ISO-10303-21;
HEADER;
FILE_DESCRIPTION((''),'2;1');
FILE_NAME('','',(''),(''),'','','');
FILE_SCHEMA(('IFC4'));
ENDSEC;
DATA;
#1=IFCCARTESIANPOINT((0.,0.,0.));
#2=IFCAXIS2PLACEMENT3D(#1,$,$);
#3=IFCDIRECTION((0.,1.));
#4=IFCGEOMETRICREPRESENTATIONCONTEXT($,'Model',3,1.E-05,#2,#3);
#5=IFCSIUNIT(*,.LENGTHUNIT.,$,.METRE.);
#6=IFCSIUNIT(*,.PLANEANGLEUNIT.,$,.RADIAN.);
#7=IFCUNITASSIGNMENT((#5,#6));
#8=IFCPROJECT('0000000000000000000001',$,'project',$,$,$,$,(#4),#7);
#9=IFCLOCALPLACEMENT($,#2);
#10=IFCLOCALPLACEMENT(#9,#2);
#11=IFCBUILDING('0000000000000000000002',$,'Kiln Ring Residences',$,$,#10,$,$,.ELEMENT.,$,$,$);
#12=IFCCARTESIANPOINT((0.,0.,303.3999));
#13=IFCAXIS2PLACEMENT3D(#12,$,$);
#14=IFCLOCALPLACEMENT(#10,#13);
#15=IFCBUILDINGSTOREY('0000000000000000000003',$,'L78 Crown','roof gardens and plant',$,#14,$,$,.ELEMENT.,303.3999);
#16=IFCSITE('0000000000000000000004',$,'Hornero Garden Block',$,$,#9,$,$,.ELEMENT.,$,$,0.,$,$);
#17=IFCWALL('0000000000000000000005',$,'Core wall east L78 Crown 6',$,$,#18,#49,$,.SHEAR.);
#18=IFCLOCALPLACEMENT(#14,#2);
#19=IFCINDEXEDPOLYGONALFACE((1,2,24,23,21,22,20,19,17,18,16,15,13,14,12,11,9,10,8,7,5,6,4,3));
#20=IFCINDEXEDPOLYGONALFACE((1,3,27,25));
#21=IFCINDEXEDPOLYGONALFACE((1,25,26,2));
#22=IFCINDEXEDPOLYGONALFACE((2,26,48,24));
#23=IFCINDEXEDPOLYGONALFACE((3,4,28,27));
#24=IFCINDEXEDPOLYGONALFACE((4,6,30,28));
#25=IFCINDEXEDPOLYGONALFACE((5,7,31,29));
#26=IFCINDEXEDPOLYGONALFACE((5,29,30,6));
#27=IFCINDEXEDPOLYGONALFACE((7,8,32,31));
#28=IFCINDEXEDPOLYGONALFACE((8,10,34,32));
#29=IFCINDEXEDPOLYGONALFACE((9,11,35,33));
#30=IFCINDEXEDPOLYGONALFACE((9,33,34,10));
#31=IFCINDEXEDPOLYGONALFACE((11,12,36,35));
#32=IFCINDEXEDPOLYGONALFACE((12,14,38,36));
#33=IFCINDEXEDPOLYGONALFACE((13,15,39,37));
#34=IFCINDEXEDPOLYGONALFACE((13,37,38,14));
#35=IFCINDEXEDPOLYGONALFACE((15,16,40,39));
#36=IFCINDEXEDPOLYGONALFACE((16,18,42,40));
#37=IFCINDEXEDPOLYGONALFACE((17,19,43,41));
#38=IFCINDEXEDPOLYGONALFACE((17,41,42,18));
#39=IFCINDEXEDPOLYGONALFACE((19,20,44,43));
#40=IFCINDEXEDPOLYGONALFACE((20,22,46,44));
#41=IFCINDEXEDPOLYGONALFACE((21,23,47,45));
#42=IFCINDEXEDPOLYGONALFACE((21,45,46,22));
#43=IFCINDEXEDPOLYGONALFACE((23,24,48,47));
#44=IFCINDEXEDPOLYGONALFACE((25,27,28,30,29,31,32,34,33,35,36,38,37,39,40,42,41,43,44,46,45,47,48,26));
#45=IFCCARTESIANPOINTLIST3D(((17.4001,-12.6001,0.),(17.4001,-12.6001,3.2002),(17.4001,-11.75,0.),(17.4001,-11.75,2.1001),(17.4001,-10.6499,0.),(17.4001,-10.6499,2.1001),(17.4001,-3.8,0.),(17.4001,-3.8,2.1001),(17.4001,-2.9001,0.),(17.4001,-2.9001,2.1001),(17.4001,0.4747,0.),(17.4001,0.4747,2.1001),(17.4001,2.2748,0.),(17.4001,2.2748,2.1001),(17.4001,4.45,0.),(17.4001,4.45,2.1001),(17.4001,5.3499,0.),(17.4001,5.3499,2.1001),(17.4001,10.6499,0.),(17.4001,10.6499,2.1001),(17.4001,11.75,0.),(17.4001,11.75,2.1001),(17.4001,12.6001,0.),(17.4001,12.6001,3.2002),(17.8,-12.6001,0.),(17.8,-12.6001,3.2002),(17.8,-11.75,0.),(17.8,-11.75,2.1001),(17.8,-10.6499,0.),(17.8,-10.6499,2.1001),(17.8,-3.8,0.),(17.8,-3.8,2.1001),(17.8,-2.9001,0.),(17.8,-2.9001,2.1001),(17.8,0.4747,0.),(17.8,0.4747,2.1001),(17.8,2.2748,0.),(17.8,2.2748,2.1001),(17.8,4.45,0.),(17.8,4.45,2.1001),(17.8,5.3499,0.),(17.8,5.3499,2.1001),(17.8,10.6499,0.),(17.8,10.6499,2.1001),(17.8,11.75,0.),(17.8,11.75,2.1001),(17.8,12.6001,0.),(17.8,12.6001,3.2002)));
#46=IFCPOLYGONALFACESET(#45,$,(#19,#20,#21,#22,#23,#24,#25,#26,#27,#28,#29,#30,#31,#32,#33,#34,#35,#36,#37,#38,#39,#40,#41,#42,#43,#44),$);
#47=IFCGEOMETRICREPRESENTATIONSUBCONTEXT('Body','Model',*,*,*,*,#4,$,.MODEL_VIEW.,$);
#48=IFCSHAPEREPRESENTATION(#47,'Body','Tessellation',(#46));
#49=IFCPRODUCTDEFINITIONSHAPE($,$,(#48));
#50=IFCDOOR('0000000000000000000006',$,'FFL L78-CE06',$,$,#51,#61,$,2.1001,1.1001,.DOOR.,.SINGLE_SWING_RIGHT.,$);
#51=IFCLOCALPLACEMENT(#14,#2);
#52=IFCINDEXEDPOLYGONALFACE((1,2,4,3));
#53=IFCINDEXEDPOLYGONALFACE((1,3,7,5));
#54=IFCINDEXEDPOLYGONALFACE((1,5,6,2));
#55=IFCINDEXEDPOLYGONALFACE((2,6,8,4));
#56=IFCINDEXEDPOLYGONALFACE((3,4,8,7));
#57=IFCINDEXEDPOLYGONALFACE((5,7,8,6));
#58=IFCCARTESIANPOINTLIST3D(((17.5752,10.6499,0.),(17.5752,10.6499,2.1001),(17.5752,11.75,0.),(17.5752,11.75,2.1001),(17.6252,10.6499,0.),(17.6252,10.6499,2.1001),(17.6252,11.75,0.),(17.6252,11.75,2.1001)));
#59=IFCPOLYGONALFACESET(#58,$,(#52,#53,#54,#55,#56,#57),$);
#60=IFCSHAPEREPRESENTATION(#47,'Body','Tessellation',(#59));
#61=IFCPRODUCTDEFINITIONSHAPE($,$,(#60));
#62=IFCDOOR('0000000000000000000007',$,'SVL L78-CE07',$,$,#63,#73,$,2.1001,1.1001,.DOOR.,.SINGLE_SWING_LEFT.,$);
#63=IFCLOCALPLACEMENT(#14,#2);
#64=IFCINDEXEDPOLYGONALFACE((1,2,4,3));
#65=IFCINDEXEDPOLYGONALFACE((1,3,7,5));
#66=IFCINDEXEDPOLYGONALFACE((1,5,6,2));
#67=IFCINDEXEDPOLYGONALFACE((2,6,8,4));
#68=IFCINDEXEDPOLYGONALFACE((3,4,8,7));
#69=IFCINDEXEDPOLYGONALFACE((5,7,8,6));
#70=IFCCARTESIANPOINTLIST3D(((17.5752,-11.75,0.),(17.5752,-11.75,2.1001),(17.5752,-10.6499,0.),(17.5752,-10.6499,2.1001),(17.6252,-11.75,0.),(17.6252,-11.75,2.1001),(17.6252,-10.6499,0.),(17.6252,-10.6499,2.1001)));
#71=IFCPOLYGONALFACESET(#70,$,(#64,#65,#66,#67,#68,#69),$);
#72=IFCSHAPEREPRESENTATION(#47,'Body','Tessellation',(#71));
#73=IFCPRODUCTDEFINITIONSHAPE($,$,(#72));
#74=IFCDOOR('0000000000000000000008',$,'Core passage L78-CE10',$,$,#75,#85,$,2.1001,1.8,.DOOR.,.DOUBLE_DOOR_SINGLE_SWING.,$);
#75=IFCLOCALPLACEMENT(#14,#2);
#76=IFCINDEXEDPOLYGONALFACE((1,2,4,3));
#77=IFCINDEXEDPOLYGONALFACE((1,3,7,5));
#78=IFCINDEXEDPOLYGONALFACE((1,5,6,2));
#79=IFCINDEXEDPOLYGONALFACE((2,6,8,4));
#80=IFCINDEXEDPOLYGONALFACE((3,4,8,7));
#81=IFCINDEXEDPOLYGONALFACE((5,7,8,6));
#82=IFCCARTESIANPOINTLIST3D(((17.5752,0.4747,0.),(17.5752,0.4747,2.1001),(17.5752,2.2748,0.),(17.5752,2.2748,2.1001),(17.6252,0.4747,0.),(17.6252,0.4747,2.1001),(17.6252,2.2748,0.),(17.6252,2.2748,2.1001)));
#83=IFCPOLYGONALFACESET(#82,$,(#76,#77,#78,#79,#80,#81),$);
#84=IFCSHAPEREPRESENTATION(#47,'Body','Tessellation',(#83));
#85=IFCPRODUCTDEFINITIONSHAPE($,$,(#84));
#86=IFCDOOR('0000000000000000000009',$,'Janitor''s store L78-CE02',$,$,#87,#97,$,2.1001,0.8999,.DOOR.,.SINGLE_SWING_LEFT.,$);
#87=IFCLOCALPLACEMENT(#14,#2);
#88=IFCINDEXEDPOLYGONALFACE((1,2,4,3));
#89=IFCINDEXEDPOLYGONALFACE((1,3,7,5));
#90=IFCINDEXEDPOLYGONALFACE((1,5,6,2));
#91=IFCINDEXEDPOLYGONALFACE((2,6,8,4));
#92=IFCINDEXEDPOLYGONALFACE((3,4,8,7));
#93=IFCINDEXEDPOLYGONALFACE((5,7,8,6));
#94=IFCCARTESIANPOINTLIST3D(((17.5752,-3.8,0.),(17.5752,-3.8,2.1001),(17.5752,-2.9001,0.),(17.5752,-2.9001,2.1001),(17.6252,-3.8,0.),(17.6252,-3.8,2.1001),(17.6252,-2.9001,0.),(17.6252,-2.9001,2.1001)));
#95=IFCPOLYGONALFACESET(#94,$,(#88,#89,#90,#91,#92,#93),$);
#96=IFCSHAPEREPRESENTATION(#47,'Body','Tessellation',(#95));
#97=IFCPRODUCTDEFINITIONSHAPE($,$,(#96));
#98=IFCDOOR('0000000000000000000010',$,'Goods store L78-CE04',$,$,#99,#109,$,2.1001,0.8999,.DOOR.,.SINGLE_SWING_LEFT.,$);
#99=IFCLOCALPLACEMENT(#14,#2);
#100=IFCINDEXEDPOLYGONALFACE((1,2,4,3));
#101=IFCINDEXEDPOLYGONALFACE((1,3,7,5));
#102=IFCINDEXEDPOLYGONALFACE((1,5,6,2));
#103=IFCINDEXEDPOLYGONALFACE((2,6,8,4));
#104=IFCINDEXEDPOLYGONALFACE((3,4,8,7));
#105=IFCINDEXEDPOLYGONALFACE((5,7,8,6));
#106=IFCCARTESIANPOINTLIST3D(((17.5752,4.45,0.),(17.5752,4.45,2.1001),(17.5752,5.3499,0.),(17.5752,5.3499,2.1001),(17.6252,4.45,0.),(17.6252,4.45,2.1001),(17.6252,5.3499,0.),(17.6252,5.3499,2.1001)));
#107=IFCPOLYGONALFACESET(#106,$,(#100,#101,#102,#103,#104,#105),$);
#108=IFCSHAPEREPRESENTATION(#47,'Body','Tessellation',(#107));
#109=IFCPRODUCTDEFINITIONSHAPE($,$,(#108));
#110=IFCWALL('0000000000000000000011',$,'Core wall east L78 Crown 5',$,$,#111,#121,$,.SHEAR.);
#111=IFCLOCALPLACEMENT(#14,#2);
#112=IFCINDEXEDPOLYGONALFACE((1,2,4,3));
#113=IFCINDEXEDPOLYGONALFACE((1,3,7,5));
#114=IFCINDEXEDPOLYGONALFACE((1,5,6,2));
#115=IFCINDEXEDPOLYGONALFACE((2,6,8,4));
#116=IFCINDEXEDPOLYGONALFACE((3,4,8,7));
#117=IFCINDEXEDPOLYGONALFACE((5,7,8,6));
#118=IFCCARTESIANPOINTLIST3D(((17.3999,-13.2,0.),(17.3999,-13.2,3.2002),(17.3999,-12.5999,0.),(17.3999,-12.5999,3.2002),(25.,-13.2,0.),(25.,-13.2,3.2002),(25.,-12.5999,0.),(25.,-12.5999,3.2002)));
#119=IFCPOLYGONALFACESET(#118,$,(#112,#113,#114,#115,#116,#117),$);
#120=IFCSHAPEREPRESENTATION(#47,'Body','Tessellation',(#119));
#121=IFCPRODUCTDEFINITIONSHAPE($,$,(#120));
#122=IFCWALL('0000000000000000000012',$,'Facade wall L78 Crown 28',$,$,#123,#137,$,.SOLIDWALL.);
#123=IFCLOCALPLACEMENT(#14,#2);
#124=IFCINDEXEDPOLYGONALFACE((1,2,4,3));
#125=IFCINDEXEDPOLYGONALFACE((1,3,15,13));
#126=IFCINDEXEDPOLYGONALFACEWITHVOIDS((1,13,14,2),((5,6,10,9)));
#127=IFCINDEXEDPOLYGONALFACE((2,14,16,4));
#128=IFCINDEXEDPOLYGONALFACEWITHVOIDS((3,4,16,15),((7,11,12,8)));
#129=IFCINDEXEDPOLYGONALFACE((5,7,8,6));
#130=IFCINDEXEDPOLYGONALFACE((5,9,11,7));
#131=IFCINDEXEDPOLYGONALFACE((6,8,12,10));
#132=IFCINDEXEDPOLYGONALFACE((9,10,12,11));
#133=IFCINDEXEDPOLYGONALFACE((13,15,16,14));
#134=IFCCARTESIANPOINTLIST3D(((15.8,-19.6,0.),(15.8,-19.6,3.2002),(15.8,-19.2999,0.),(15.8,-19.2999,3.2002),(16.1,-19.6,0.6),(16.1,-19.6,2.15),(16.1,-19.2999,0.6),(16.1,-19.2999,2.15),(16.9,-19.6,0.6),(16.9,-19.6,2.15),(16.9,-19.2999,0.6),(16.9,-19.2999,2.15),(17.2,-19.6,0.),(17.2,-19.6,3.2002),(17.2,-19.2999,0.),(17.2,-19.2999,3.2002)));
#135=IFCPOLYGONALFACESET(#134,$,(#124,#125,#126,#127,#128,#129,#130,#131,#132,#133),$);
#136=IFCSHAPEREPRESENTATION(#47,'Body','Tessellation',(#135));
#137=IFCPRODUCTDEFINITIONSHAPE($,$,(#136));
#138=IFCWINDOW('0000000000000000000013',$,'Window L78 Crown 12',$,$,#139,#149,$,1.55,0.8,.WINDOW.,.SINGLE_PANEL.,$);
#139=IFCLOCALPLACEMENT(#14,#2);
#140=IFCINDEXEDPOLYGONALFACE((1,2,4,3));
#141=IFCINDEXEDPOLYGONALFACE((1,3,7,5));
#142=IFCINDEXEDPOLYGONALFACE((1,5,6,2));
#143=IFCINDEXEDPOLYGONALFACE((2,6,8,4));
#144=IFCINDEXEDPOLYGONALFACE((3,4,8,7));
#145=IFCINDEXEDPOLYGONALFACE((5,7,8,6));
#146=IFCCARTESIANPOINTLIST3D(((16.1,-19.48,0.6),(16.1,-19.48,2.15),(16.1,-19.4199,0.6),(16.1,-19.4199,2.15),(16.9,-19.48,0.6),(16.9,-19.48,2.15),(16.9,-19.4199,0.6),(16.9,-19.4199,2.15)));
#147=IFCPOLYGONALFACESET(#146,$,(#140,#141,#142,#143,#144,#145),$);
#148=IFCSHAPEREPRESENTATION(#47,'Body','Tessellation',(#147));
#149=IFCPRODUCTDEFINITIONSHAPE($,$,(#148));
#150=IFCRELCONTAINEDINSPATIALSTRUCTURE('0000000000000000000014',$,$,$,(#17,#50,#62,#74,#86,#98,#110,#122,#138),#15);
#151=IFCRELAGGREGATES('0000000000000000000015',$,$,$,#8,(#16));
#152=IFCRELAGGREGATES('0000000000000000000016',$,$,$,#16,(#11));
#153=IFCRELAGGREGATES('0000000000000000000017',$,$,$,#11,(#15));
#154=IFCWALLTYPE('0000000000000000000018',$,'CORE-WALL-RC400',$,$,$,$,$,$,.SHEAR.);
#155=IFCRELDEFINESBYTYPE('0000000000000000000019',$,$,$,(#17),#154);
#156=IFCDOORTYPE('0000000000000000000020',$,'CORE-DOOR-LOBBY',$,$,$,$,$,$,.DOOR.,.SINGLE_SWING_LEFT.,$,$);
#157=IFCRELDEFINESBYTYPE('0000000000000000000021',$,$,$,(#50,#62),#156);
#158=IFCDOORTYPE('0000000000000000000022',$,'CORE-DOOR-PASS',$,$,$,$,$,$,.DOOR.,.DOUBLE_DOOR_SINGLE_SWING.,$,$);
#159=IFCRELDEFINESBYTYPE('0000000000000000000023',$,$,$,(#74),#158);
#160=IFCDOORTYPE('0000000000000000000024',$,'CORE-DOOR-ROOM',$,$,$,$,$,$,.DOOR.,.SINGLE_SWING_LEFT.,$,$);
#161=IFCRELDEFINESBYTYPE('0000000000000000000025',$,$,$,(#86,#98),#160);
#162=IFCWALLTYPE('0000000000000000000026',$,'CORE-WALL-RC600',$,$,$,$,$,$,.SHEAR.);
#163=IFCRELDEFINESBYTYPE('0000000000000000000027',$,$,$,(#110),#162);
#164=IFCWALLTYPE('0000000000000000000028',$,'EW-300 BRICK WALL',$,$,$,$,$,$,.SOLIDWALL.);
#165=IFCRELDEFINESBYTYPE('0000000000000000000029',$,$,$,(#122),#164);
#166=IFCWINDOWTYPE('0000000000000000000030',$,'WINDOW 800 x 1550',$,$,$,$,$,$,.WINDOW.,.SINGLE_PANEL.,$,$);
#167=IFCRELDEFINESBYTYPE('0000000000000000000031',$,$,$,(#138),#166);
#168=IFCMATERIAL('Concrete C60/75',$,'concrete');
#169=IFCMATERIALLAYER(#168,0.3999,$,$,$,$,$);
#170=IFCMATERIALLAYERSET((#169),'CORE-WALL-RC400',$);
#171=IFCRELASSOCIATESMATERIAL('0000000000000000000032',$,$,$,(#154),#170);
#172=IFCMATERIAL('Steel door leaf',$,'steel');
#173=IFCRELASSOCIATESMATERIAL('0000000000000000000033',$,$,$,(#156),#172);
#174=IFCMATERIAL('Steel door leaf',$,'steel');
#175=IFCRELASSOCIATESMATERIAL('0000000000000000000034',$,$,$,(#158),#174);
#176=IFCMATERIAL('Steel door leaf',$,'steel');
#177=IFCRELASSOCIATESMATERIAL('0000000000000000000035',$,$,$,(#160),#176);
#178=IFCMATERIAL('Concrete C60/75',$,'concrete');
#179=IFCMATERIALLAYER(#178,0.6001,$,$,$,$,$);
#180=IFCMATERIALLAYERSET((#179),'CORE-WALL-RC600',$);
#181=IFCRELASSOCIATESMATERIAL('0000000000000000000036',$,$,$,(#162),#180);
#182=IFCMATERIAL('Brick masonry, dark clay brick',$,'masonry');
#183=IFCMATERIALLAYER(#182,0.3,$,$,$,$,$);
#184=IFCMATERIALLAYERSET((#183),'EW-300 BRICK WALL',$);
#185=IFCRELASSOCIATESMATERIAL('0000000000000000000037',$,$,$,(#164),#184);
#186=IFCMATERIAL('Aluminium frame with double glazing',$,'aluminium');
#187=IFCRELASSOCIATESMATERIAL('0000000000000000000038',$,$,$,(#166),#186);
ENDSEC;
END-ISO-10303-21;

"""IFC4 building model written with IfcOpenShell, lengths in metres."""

from ifc_helpers import new_model, si_unit, direction, frame, frame_2d, origin, place, context, subcontext, project, spatial, rectangle, extrude, material, layer, layer_set, type_object, element, fill, save


model = new_model("IFC4")

# Units and contexts
model_context = context("Model", 3, precision=1e-05, world=origin(), true_north=direction((0.0, 1.0)))
body_context = subcontext(model_context, "Body", "Model", "MODEL_VIEW")
ifc_project = project(units=[si_unit("LENGTHUNIT", "METRE"), si_unit("PLANEANGLEUNIT", "RADIAN")], contexts=[model_context])

# Site, building, storey
site_placement = place(None, origin())
site = spatial("IfcSite", under=ifc_project, at=site_placement, Name="Hornero Garden Block", CompositionType="ELEMENT", RefElevation=0.0)
building_placement = place(site_placement, origin())
building = spatial("IfcBuilding", under=site, at=building_placement, Name="Kiln Ring Residences", CompositionType="ELEMENT")
storey_placement = place(building_placement, frame((0.0, 0.0, 303.3999)))
storey = spatial("IfcBuildingStorey", under=building, at=storey_placement, Name="L78 Crown", Description="roof gardens and plant", CompositionType="ELEMENT", Elevation=303.3999)

# Wall, openings, doors
ifc_material_1 = material(Name="Concrete C60/75", Category="concrete")
ifc_layer_1 = layer(ifc_material_1, 0.3999)
ifc_layer_set_1 = layer_set([ifc_layer_1], Name="CORE-WALL-RC400")
wall_type_1 = type_object("IfcWallType", Name="CORE-WALL-RC400", PredefinedType="SHEAR", material=ifc_layer_set_1)
wall_1_placement = place(storey_placement, frame((17.6001, -12.6001, 0.0), z_axis=(0.0, 0.0, 1.0), x_axis=(0.0, 1.0, 0.0)))
wall_1 = element("IfcWall", 1, at=wall_1_placement, inside=storey, type_object=wall_type_1, Name="Core wall east L78 Crown 6", PredefinedType="SHEAR", context=body_context, shape_type="SweptSolid", body=[
    extrude(rectangle(XDim=25.2002, YDim=0.3999, at=frame_2d((12.6001, 0.0))), origin(), (0.0, 0.0, 1.0), 3.2002),
])
opening_1_placement = place(wall_1_placement, frame((8.8, 0.0, 0.0)))
opening_1 = element("IfcOpeningElement", 2, at=opening_1_placement, cuts=wall_1, PredefinedType="OPENING", context=body_context, shape_type="SweptSolid", body=[
    extrude(rectangle(XDim=0.8999, YDim=2.1001, at=frame_2d((0.45, 1.05))), frame((0.0, 0.21, 0.0), z_axis=(0.0, -1.0, 0.0), x_axis=(1.0, 0.0, 0.0)), (0.0, 0.0, 1.0), 0.4199),
])
opening_2_placement = place(wall_1_placement, frame((17.05, 0.0, 0.0)))
opening_2 = element("IfcOpeningElement", 3, at=opening_2_placement, cuts=wall_1, PredefinedType="OPENING", context=body_context, shape_type="SweptSolid", body=[
    extrude(rectangle(XDim=0.8999, YDim=2.1001, at=frame_2d((0.45, 1.05))), frame((0.0, 0.21, 0.0), z_axis=(0.0, -1.0, 0.0), x_axis=(1.0, 0.0, 0.0)), (0.0, 0.0, 1.0), 0.4199),
])
opening_3_placement = place(wall_1_placement, frame((23.25, 0.0, 0.0)))
opening_3 = element("IfcOpeningElement", 4, at=opening_3_placement, cuts=wall_1, PredefinedType="OPENING", context=body_context, shape_type="SweptSolid", body=[
    extrude(rectangle(XDim=1.1001, YDim=2.1001, at=frame_2d((0.55, 1.05))), frame((0.0, 0.21, 0.0), z_axis=(0.0, -1.0, 0.0), x_axis=(1.0, 0.0, 0.0)), (0.0, 0.0, 1.0), 0.4199),
])
opening_4_placement = place(wall_1_placement, frame((0.8501, 0.0, 0.0)))
opening_4 = element("IfcOpeningElement", 5, at=opening_4_placement, cuts=wall_1, PredefinedType="OPENING", context=body_context, shape_type="SweptSolid", body=[
    extrude(rectangle(XDim=1.1001, YDim=2.1001, at=frame_2d((0.55, 1.05))), frame((0.0, 0.21, 0.0), z_axis=(0.0, -1.0, 0.0), x_axis=(1.0, 0.0, 0.0)), (0.0, 0.0, 1.0), 0.4199),
])
opening_5_placement = place(wall_1_placement, frame((13.075, 0.0, 0.0)))
opening_5 = element("IfcOpeningElement", 6, at=opening_5_placement, cuts=wall_1, PredefinedType="OPENING", context=body_context, shape_type="SweptSolid", body=[
    extrude(rectangle(XDim=1.8, YDim=2.1001, at=frame_2d((0.8999, 1.05))), frame((0.0, 0.21, 0.0), z_axis=(0.0, -1.0, 0.0), x_axis=(1.0, 0.0, 0.0)), (0.0, 0.0, 1.0), 0.4199),
])
ifc_material_2 = material(Name="Steel door leaf", Category="steel")
door_type_1 = type_object("IfcDoorType", Name="CORE-DOOR-LOBBY", OperationType="SINGLE_SWING_LEFT", PredefinedType="DOOR", material=ifc_material_2)
door_1_placement = place(opening_3_placement, origin())
door_1 = element("IfcDoor", 7, at=door_1_placement, inside=storey, type_object=door_type_1, Name="FFL L78-CE06", OperationType="SINGLE_SWING_RIGHT", OverallHeight=2.1001, OverallWidth=1.1001, PredefinedType="DOOR", context=body_context, shape_type="SweptSolid", body=[
    extrude(rectangle(XDim=1.1001, YDim=2.1001, at=frame_2d((0.55, 1.05))), frame((0.0, 0.0249, 0.0), z_axis=(0.0, -1.0, 0.0), x_axis=(1.0, 0.0, 0.0)), (0.0, 0.0, 1.0), 0.05),
])
fill(opening_3, door_1)
door_2_placement = place(opening_4_placement, origin())
door_2 = element("IfcDoor", 8, at=door_2_placement, inside=storey, type_object=door_type_1, Name="SVL L78-CE07", OperationType="SINGLE_SWING_LEFT", OverallHeight=2.1001, OverallWidth=1.1001, PredefinedType="DOOR", context=body_context, shape_type="SweptSolid", body=[
    extrude(rectangle(XDim=1.1001, YDim=2.1001, at=frame_2d((0.55, 1.05))), frame((0.0, 0.0249, 0.0), z_axis=(0.0, -1.0, 0.0), x_axis=(1.0, 0.0, 0.0)), (0.0, 0.0, 1.0), 0.05),
])
fill(opening_4, door_2)
ifc_material_3 = material(Name="Steel door leaf", Category="steel")
door_type_2 = type_object("IfcDoorType", Name="CORE-DOOR-PASS", OperationType="DOUBLE_DOOR_SINGLE_SWING", PredefinedType="DOOR", material=ifc_material_3)
door_3_placement = place(opening_5_placement, origin())
door_3 = element("IfcDoor", 9, at=door_3_placement, inside=storey, type_object=door_type_2, Name="Core passage L78-CE10", OperationType="DOUBLE_DOOR_SINGLE_SWING", OverallHeight=2.1001, OverallWidth=1.8, PredefinedType="DOOR", context=body_context, shape_type="SweptSolid", body=[
    extrude(rectangle(XDim=1.8, YDim=2.1001, at=frame_2d((0.8999, 1.05))), frame((0.0, 0.0249, 0.0), z_axis=(0.0, -1.0, 0.0), x_axis=(1.0, 0.0, 0.0)), (0.0, 0.0, 1.0), 0.05),
])
fill(opening_5, door_3)
ifc_material_4 = material(Name="Steel door leaf", Category="steel")
door_type_3 = type_object("IfcDoorType", Name="CORE-DOOR-ROOM", OperationType="SINGLE_SWING_LEFT", PredefinedType="DOOR", material=ifc_material_4)
door_4_placement = place(opening_1_placement, origin())
door_4 = element("IfcDoor", 10, at=door_4_placement, inside=storey, type_object=door_type_3, Name="Janitor's store L78-CE02", OperationType="SINGLE_SWING_LEFT", OverallHeight=2.1001, OverallWidth=0.8999, PredefinedType="DOOR", context=body_context, shape_type="SweptSolid", body=[
    extrude(rectangle(XDim=0.8999, YDim=2.1001, at=frame_2d((0.45, 1.05))), frame((0.0, 0.0249, 0.0), z_axis=(0.0, -1.0, 0.0), x_axis=(1.0, 0.0, 0.0)), (0.0, 0.0, 1.0), 0.05),
])
fill(opening_1, door_4)
door_5_placement = place(opening_2_placement, origin())
door_5 = element("IfcDoor", 11, at=door_5_placement, inside=storey, type_object=door_type_3, Name="Goods store L78-CE04", OperationType="SINGLE_SWING_LEFT", OverallHeight=2.1001, OverallWidth=0.8999, PredefinedType="DOOR", context=body_context, shape_type="SweptSolid", body=[
    extrude(rectangle(XDim=0.8999, YDim=2.1001, at=frame_2d((0.45, 1.05))), frame((0.0, 0.0249, 0.0), z_axis=(0.0, -1.0, 0.0), x_axis=(1.0, 0.0, 0.0)), (0.0, 0.0, 1.0), 0.05),
])
fill(opening_2, door_5)

# Wall
ifc_material_5 = material(Name="Concrete C60/75", Category="concrete")
ifc_layer_2 = layer(ifc_material_5, 0.6001)
ifc_layer_set_2 = layer_set([ifc_layer_2], Name="CORE-WALL-RC600")
wall_type_2 = type_object("IfcWallType", Name="CORE-WALL-RC600", PredefinedType="SHEAR", material=ifc_layer_set_2)
wall_2_placement = place(storey_placement, frame((17.3999, -12.8999, 0.0), z_axis=(0.0, 0.0, 1.0), x_axis=(1.0, 0.0, 0.0)))
element("IfcWall", 12, at=wall_2_placement, inside=storey, type_object=wall_type_2, Name="Core wall east L78 Crown 5", PredefinedType="SHEAR", context=body_context, shape_type="SweptSolid", body=[
    extrude(rectangle(XDim=7.6001, YDim=0.6001, at=frame_2d((3.8, 0.0))), origin(), (0.0, 0.0, 1.0), 3.2002),
])

# Wall, opening, window
ifc_material_6 = material(Name="Brick masonry, dark clay brick", Category="masonry")
ifc_layer_3 = layer(ifc_material_6, 0.3)
ifc_layer_set_3 = layer_set([ifc_layer_3], Name="EW-300 BRICK WALL")
wall_type_3 = type_object("IfcWallType", Name="EW-300 BRICK WALL", PredefinedType="SOLIDWALL", material=ifc_layer_set_3)
wall_3_placement = place(storey_placement, frame((15.8, -19.45, 0.0), z_axis=(0.0, 0.0, 1.0), x_axis=(1.0, 0.0, 0.0)))
wall_3 = element("IfcWall", 13, at=wall_3_placement, inside=storey, type_object=wall_type_3, Name="Facade wall L78 Crown 28", PredefinedType="SOLIDWALL", context=body_context, shape_type="SweptSolid", body=[
    extrude(rectangle(XDim=1.3999, YDim=0.3, at=frame_2d((0.7, 0.0))), origin(), (0.0, 0.0, 1.0), 3.2002),
])
opening_6_placement = place(wall_3_placement, frame((0.3, 0.0, 0.6001)))
opening_6 = element("IfcOpeningElement", 14, at=opening_6_placement, cuts=wall_3, PredefinedType="OPENING", context=body_context, shape_type="SweptSolid", body=[
    extrude(rectangle(XDim=0.8, YDim=1.55, at=frame_2d((0.3999, 0.7749))), frame((0.0, 0.1599, 0.0), z_axis=(0.0, -1.0, 0.0), x_axis=(1.0, 0.0, 0.0)), (0.0, 0.0, 1.0), 0.3201),
])
ifc_material_7 = material(Name="Aluminium frame with double glazing", Category="aluminium")
window_type = type_object("IfcWindowType", Name="WINDOW 800 x 1550", PartitioningType="SINGLE_PANEL", PredefinedType="WINDOW", material=ifc_material_7)
window_1_placement = place(opening_6_placement, origin())
window_1 = element("IfcWindow", 15, at=window_1_placement, inside=storey, type_object=window_type, Name="Window L78 Crown 12", OverallHeight=1.55, OverallWidth=0.8, PartitioningType="SINGLE_PANEL", PredefinedType="WINDOW", context=body_context, shape_type="SweptSolid", body=[
    extrude(rectangle(XDim=0.8, YDim=1.55, at=frame_2d((0.3999, 0.7749))), frame((0.0, 0.03, 0.0), z_axis=(0.0, -1.0, 0.0), x_axis=(1.0, 0.0, 0.0)), (0.0, 0.0, 1.0), 0.0601),
])
fill(opening_6, window_1)

save(model, "model.ifc")
